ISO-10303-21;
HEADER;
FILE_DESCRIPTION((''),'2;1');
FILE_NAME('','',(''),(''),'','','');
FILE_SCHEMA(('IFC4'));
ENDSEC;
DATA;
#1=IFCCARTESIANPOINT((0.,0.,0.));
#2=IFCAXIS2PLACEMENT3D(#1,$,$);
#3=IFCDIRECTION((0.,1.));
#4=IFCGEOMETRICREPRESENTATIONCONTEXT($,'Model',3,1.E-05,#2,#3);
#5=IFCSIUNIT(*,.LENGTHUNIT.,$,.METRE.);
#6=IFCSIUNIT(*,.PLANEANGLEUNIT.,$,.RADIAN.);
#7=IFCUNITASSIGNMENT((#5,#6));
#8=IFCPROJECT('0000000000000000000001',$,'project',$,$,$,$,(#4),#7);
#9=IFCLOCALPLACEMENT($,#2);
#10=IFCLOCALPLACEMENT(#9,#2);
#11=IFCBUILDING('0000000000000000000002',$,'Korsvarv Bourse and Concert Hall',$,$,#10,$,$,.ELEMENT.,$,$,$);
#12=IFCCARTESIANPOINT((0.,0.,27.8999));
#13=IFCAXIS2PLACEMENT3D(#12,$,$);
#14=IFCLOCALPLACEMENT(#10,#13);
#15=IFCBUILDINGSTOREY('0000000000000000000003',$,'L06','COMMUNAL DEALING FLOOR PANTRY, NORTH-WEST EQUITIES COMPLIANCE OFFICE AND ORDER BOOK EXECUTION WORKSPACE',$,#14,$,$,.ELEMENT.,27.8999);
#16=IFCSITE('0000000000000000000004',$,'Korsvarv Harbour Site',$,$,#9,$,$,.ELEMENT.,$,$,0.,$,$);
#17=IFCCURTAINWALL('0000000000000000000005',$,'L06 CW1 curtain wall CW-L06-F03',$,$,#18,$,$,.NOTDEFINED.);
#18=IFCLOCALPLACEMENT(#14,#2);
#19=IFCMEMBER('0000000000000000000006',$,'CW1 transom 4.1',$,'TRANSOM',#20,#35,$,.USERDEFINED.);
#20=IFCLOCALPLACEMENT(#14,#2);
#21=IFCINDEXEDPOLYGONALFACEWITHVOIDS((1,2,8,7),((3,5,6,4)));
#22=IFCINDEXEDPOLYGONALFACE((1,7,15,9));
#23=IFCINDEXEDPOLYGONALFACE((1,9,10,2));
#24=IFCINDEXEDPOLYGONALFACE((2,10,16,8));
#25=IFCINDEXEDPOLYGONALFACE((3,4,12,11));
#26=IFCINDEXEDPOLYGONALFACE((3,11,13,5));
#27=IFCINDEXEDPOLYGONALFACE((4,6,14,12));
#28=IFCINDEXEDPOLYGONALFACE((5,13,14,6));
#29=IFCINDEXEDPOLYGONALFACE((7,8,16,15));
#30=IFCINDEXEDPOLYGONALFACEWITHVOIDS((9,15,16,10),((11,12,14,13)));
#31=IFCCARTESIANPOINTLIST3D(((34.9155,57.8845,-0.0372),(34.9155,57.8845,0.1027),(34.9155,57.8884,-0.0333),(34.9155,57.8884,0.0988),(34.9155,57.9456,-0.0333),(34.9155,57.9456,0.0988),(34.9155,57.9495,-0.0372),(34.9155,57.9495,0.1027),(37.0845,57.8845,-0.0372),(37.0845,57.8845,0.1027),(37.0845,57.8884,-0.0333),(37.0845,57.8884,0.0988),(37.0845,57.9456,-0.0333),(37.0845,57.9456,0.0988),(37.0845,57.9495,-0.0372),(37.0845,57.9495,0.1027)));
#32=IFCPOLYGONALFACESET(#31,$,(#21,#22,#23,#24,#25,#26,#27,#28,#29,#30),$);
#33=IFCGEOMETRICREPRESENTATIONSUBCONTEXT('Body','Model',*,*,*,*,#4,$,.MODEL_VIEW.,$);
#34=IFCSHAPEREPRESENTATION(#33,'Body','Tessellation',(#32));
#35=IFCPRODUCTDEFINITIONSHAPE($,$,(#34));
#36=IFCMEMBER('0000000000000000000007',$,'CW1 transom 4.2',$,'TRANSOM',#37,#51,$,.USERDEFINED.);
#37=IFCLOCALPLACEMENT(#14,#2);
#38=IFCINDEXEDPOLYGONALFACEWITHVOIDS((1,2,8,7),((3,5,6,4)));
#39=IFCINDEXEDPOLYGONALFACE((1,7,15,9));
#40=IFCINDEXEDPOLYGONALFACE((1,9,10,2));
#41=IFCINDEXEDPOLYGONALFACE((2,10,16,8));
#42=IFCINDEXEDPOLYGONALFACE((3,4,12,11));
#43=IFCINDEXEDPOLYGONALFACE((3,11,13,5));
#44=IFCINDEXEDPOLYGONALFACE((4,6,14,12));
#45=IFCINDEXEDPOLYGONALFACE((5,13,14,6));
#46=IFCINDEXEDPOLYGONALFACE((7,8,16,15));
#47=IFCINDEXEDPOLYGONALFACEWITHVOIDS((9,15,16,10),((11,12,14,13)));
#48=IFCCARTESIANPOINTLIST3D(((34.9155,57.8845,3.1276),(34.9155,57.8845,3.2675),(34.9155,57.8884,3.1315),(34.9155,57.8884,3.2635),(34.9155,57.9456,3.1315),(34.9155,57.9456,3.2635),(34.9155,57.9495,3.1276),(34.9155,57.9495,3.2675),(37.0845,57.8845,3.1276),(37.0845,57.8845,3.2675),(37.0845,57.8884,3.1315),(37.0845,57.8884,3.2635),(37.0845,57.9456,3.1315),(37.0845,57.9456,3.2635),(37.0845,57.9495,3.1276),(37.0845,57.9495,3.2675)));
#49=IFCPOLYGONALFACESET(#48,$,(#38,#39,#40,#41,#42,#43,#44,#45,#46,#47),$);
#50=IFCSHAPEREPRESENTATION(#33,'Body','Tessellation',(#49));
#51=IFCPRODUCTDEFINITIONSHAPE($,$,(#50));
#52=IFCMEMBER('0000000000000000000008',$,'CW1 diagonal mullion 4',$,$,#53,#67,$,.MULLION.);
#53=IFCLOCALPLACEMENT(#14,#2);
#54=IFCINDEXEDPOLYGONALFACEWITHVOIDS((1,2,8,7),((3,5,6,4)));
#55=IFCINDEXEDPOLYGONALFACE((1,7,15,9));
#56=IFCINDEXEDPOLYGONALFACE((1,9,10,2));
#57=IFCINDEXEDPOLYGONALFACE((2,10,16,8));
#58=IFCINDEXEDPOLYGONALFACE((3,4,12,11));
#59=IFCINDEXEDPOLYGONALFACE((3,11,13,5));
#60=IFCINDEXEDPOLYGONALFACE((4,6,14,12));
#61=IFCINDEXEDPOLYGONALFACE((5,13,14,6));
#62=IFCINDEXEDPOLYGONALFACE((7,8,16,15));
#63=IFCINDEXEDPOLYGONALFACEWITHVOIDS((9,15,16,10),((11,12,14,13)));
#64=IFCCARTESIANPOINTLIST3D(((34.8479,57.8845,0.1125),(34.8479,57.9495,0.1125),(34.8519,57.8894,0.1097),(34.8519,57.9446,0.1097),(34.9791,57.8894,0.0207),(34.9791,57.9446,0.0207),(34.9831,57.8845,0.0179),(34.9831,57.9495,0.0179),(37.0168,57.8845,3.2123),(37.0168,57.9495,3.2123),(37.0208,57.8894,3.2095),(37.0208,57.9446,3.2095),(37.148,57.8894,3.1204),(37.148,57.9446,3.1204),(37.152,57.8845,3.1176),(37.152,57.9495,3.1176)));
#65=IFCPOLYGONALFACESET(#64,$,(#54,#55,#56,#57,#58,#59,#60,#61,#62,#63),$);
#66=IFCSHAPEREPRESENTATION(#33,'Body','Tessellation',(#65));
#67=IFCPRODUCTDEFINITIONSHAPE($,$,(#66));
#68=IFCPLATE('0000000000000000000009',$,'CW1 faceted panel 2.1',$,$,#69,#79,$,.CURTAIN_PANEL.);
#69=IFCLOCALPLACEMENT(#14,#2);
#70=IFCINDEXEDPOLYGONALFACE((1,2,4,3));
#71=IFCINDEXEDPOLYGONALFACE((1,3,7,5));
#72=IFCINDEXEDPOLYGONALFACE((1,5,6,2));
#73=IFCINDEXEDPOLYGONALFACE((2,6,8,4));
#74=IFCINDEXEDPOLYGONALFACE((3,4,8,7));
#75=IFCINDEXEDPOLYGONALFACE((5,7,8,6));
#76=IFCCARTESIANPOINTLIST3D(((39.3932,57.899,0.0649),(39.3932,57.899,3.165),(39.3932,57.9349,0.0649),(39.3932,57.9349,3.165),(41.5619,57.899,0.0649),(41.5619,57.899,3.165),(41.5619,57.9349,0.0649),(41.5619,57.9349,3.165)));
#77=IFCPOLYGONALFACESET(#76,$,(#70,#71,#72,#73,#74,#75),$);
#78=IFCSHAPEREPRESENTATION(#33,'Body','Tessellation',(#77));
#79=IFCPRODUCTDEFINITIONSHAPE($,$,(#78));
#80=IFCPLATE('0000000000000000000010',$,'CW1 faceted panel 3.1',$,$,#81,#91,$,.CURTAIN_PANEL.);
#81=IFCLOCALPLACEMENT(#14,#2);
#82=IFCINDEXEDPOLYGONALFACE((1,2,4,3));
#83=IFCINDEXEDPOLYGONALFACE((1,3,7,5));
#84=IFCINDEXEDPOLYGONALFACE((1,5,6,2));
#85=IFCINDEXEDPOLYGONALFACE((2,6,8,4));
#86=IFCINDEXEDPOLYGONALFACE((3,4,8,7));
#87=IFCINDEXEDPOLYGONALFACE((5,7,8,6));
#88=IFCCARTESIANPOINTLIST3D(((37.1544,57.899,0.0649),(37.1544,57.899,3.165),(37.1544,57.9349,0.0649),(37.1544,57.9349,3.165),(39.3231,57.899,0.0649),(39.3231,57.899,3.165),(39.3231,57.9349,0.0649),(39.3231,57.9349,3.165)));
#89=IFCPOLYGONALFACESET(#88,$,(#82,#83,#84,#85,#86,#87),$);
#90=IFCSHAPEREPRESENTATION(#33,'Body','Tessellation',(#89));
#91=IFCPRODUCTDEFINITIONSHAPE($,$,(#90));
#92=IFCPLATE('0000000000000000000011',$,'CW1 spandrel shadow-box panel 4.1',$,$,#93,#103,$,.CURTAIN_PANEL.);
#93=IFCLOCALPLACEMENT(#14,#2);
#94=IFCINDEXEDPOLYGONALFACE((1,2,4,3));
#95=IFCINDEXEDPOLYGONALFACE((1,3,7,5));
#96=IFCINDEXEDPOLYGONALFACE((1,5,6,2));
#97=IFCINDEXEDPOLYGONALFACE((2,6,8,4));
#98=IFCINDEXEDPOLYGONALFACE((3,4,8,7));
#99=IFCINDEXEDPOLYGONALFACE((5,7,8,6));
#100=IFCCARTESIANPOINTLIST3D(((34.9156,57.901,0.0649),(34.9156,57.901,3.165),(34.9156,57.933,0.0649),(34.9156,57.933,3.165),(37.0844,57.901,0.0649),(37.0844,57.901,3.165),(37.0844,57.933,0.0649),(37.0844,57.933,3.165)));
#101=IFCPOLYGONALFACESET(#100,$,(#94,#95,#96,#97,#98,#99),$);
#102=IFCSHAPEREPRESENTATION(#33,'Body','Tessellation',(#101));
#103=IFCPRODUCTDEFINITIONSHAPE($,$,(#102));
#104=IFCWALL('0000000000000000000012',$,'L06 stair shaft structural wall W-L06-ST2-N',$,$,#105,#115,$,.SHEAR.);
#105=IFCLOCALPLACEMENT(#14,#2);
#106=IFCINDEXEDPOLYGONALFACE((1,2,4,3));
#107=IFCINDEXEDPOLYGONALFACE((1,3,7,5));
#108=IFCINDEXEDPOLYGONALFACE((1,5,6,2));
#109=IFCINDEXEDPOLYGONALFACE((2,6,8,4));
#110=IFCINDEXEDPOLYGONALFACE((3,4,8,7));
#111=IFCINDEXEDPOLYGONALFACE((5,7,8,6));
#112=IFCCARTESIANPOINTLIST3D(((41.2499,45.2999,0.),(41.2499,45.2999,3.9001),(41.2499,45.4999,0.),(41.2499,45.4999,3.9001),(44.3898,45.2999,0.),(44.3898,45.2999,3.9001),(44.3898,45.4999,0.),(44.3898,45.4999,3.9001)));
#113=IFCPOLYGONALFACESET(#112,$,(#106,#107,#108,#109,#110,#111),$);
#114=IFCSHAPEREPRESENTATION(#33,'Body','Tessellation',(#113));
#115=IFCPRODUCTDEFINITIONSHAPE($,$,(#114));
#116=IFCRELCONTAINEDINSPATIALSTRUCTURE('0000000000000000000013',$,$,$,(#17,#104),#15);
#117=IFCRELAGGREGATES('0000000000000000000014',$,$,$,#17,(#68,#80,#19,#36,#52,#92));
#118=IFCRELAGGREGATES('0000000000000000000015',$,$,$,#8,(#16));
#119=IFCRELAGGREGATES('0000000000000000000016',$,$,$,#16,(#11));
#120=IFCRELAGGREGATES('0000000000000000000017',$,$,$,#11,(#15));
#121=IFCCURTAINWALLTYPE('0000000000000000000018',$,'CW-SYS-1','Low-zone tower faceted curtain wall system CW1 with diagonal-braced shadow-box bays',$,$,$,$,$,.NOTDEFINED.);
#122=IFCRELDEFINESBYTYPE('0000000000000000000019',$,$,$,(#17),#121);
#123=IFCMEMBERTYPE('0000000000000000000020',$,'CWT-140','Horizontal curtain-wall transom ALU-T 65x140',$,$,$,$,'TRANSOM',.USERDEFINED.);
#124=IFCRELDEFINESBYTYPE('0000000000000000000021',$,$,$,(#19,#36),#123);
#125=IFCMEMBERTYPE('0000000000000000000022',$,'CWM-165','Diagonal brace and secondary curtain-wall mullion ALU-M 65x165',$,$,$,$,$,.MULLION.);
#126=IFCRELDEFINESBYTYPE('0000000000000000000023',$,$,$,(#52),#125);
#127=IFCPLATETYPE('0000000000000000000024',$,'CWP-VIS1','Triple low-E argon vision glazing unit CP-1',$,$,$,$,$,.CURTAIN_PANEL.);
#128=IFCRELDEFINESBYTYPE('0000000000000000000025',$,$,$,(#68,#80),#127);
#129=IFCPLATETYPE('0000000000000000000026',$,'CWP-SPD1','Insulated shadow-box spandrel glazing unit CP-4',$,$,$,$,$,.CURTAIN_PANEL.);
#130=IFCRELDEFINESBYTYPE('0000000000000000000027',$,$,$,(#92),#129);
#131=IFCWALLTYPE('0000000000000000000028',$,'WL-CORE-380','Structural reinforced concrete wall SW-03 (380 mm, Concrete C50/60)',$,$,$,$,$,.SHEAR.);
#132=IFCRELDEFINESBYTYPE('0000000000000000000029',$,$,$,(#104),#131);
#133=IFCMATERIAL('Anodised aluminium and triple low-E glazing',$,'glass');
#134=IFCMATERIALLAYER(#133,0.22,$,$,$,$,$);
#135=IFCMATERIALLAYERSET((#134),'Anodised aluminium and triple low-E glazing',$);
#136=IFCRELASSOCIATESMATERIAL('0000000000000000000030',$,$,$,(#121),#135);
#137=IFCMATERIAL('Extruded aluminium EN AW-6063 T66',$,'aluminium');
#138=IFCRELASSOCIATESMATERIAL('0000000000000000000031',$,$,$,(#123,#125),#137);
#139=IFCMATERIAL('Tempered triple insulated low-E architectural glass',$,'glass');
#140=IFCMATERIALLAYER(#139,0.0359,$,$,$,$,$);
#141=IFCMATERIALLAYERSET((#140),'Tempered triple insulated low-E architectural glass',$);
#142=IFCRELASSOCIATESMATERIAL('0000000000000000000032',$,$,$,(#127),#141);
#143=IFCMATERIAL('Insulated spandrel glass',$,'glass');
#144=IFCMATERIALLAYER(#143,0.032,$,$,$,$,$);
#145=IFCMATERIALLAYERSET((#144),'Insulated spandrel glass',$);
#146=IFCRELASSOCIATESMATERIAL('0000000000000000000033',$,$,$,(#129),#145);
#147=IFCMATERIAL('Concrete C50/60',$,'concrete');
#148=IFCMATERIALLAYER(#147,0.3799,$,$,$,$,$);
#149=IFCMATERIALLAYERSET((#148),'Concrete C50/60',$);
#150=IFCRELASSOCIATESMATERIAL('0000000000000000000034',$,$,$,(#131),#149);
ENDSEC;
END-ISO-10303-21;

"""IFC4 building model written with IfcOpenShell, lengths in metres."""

from ifc_helpers import new_model, si_unit, direction, frame, frame_2d, origin, origin_2d, place, context, subcontext, project, spatial, rectangle, hollow_rectangle, extrude, source, transform, mapped, material, layer, layer_set, material_profile, profile_set, type_object, element, aggregate, save


model = new_model("IFC4")

# Units and contexts
model_context = context("Model", 3, precision=1e-05, world=origin(), true_north=direction((0.0, 1.0)))
body_context = subcontext(model_context, "Body", "Model", "MODEL_VIEW")
ifc_project = project(units=[si_unit("LENGTHUNIT", "METRE"), si_unit("PLANEANGLEUNIT", "RADIAN")], contexts=[model_context])

# Site, building, storey
site_placement = place(None, origin())
site = spatial("IfcSite", under=ifc_project, at=site_placement, Name="Korsvarv Harbour Site", CompositionType="ELEMENT", RefElevation=0.0)
building_placement = place(site_placement, origin())
building = spatial("IfcBuilding", under=site, at=building_placement, Name="Korsvarv Bourse and Concert Hall", CompositionType="ELEMENT")
storey_placement = place(building_placement, frame((0.0, 0.0, 27.8999)))
storey = spatial("IfcBuildingStorey", under=building, at=storey_placement, Name="L06", Description="COMMUNAL DEALING FLOOR PANTRY, NORTH-WEST EQUITIES COMPLIANCE OFFICE AND ORDER BOOK EXECUTION WORKSPACE", CompositionType="ELEMENT", Elevation=27.8999)

# Curtain wall, members, plates
ifc_material_1 = material(Name="Anodised aluminium and triple low-E glazing", Category="glass")
ifc_layer_1 = layer(ifc_material_1, 0.22)
ifc_layer_set_1 = layer_set([ifc_layer_1], Name="Anodised aluminium and triple low-E glazing")
curtain_wall_type = type_object("IfcCurtainWallType", Name="CW-SYS-1", Description="Low-zone tower faceted curtain wall system CW1 with diagonal-braced shadow-box bays", PredefinedType="NOTDEFINED", material=ifc_layer_set_1)
curtain_wall_placement = place(storey_placement, origin())
curtain_wall = element("IfcCurtainWall", 1, at=curtain_wall_placement, inside=storey, type_object=curtain_wall_type, Name="L06 CW1 curtain wall CW-L06-F03", PredefinedType="NOTDEFINED")
ifc_material_2 = material(Name="Extruded aluminium EN AW-6063 T66", Category="aluminium")
ifc_material_profile_1 = material_profile(ifc_material_2, hollow_rectangle(XDim=0.0649, YDim=0.1399, WallThickness=0.0039, at=origin_2d()), Name="ALU-T 65x140")
ifc_profile_set_1 = profile_set([ifc_material_profile_1], Name="Extruded aluminium EN AW-6063 T66")
member_type_1 = type_object("IfcMemberType", Name="CWT-140", Description="Horizontal curtain-wall transom ALU-T 65x140", ElementType="TRANSOM", PredefinedType="USERDEFINED", material=ifc_profile_set_1)
shared_shape_1 = source(origin(), body_context, "Body", "SweptSolid", [
    extrude(hollow_rectangle(XDim=0.0649, YDim=0.1399, WallThickness=0.0039, at=origin_2d()), origin(), (0.0, 0.0, 1.0), 2.1689),
])
member_1_placement = place(storey_placement, frame((37.0845, 57.917, 0.0327), z_axis=(-1.0, 0.0, 0.0), x_axis=(0.0, -1.0, 0.0)))
member_1 = element("IfcMember", 2, at=member_1_placement, type_object=member_type_1, Name="CW1 transom 4.1", ObjectType="TRANSOM", PredefinedType="USERDEFINED", context=body_context, shape_type="MappedRepresentation", body=[
    mapped(shared_shape_1, transform((0.0, 0.0, 0.0), scale=1.0)),
])
member_2_placement = place(storey_placement, frame((37.0845, 57.917, 3.1975), z_axis=(-1.0, 0.0, 0.0), x_axis=(0.0, -1.0, 0.0)))
member_2 = element("IfcMember", 3, at=member_2_placement, type_object=member_type_1, Name="CW1 transom 4.2", ObjectType="TRANSOM", PredefinedType="USERDEFINED", context=body_context, shape_type="MappedRepresentation", body=[
    mapped(shared_shape_1, transform((0.0, 0.0, 0.0), scale=1.0)),
])
ifc_material_profile_2 = material_profile(ifc_material_2, hollow_rectangle(XDim=0.0649, YDim=0.165, WallThickness=0.0049, at=origin_2d()), Name="ALU-M 65x165")
ifc_profile_set_2 = profile_set([ifc_material_profile_2], Name="Extruded aluminium EN AW-6063 T66")
member_type_2 = type_object("IfcMemberType", Name="CWM-165", Description="Diagonal brace and secondary curtain-wall mullion ALU-M 65x165", PredefinedType="MULLION", material=ifc_profile_set_2)
shared_shape_2 = source(origin(), body_context, "Body", "SweptSolid", [
    extrude(hollow_rectangle(XDim=0.0649, YDim=0.165, WallThickness=0.0049, at=origin_2d()), origin(), (0.0, 0.0, 1.0), 3.7832),
])
member_3_placement = place(storey_placement, frame((34.9155, 57.917, 0.0652), z_axis=(0.573293, 0.0, 0.81935), x_axis=(0.0, 1.0, 0.0)))
member_3 = element("IfcMember", 4, at=member_3_placement, type_object=member_type_2, Name="CW1 diagonal mullion 4", PredefinedType="MULLION", context=body_context, shape_type="MappedRepresentation", body=[
    mapped(shared_shape_2, transform((0.0, 0.0, 0.0), scale=1.0)),
])
ifc_material_3 = material(Name="Tempered triple insulated low-E architectural glass", Category="glass")
ifc_layer_2 = layer(ifc_material_3, 0.0359)
ifc_layer_set_2 = layer_set([ifc_layer_2], Name="Tempered triple insulated low-E architectural glass")
plate_type_1 = type_object("IfcPlateType", Name="CWP-VIS1", Description="Triple low-E argon vision glazing unit CP-1", PredefinedType="CURTAIN_PANEL", material=ifc_layer_set_2)
shared_shape_3 = source(origin(), body_context, "Body", "SweptSolid", [
    extrude(rectangle(XDim=2.1687, YDim=0.0359, at=origin_2d()), origin(), (0.0, 0.0, 1.0), 3.1001),
])
plate_1_placement = place(storey_placement, frame((40.4775, 57.917, 0.0649), z_axis=(0.0, 0.0, 1.0), x_axis=(-1.0, 0.0, 0.0)))
plate_1 = element("IfcPlate", 5, at=plate_1_placement, type_object=plate_type_1, Name="CW1 faceted panel 2.1", PredefinedType="CURTAIN_PANEL", context=body_context, shape_type="MappedRepresentation", body=[
    mapped(shared_shape_3, transform((0.0, 0.0, 0.0), scale=1.0)),
])
plate_2_placement = place(storey_placement, frame((38.2388, 57.917, 0.0649), z_axis=(0.0, 0.0, 1.0), x_axis=(-1.0, 0.0, 0.0)))
plate_2 = element("IfcPlate", 6, at=plate_2_placement, type_object=plate_type_1, Name="CW1 faceted panel 3.1", PredefinedType="CURTAIN_PANEL", context=body_context, shape_type="MappedRepresentation", body=[
    mapped(shared_shape_3, transform((0.0, 0.0, 0.0), scale=1.0)),
])
ifc_material_4 = material(Name="Insulated spandrel glass", Category="glass")
ifc_layer_3 = layer(ifc_material_4, 0.032)
ifc_layer_set_3 = layer_set([ifc_layer_3], Name="Insulated spandrel glass")
plate_type_2 = type_object("IfcPlateType", Name="CWP-SPD1", Description="Insulated shadow-box spandrel glazing unit CP-4", PredefinedType="CURTAIN_PANEL", material=ifc_layer_set_3)
shared_shape_4 = source(origin(), body_context, "Body", "SweptSolid", [
    extrude(rectangle(XDim=2.1687, YDim=0.032, at=origin_2d()), origin(), (0.0, 0.0, 1.0), 3.1001),
])
plate_3_placement = place(storey_placement, frame((36.0, 57.917, 0.0649), z_axis=(0.0, 0.0, 1.0), x_axis=(-1.0, 0.0, 0.0)))
plate_3 = element("IfcPlate", 7, at=plate_3_placement, type_object=plate_type_2, Name="CW1 spandrel shadow-box panel 4.1", PredefinedType="CURTAIN_PANEL", context=body_context, shape_type="MappedRepresentation", body=[
    mapped(shared_shape_4, transform((0.0, 0.0, 0.0), scale=1.0)),
])
aggregate(curtain_wall, [plate_1, plate_2, member_1, member_2, member_3, plate_3])

# Wall
ifc_material_5 = material(Name="Concrete C50/60", Category="concrete")
ifc_layer_4 = layer(ifc_material_5, 0.3799)
ifc_layer_set_4 = layer_set([ifc_layer_4], Name="Concrete C50/60")
wall_type = type_object("IfcWallType", Name="WL-CORE-380", Description="Structural reinforced concrete wall SW-03 (380 mm, Concrete C50/60)", PredefinedType="SHEAR", material=ifc_layer_set_4)
wall_placement = place(storey_placement, frame((41.25, 45.3999, 0.0), z_axis=(0.0, 0.0, 1.0), x_axis=(1.0, 0.0, 0.0)))
element("IfcWall", 8, at=wall_placement, inside=storey, type_object=wall_type, Name="L06 stair shaft structural wall W-L06-ST2-N", PredefinedType="SHEAR", context=body_context, shape_type="SweptSolid", body=[
    extrude(rectangle(XDim=3.1399, YDim=0.2, at=frame_2d((1.5698, 0.0))), origin(), (0.0, 0.0, 1.0), 3.9001),
])

save(model, "model.ifc")
